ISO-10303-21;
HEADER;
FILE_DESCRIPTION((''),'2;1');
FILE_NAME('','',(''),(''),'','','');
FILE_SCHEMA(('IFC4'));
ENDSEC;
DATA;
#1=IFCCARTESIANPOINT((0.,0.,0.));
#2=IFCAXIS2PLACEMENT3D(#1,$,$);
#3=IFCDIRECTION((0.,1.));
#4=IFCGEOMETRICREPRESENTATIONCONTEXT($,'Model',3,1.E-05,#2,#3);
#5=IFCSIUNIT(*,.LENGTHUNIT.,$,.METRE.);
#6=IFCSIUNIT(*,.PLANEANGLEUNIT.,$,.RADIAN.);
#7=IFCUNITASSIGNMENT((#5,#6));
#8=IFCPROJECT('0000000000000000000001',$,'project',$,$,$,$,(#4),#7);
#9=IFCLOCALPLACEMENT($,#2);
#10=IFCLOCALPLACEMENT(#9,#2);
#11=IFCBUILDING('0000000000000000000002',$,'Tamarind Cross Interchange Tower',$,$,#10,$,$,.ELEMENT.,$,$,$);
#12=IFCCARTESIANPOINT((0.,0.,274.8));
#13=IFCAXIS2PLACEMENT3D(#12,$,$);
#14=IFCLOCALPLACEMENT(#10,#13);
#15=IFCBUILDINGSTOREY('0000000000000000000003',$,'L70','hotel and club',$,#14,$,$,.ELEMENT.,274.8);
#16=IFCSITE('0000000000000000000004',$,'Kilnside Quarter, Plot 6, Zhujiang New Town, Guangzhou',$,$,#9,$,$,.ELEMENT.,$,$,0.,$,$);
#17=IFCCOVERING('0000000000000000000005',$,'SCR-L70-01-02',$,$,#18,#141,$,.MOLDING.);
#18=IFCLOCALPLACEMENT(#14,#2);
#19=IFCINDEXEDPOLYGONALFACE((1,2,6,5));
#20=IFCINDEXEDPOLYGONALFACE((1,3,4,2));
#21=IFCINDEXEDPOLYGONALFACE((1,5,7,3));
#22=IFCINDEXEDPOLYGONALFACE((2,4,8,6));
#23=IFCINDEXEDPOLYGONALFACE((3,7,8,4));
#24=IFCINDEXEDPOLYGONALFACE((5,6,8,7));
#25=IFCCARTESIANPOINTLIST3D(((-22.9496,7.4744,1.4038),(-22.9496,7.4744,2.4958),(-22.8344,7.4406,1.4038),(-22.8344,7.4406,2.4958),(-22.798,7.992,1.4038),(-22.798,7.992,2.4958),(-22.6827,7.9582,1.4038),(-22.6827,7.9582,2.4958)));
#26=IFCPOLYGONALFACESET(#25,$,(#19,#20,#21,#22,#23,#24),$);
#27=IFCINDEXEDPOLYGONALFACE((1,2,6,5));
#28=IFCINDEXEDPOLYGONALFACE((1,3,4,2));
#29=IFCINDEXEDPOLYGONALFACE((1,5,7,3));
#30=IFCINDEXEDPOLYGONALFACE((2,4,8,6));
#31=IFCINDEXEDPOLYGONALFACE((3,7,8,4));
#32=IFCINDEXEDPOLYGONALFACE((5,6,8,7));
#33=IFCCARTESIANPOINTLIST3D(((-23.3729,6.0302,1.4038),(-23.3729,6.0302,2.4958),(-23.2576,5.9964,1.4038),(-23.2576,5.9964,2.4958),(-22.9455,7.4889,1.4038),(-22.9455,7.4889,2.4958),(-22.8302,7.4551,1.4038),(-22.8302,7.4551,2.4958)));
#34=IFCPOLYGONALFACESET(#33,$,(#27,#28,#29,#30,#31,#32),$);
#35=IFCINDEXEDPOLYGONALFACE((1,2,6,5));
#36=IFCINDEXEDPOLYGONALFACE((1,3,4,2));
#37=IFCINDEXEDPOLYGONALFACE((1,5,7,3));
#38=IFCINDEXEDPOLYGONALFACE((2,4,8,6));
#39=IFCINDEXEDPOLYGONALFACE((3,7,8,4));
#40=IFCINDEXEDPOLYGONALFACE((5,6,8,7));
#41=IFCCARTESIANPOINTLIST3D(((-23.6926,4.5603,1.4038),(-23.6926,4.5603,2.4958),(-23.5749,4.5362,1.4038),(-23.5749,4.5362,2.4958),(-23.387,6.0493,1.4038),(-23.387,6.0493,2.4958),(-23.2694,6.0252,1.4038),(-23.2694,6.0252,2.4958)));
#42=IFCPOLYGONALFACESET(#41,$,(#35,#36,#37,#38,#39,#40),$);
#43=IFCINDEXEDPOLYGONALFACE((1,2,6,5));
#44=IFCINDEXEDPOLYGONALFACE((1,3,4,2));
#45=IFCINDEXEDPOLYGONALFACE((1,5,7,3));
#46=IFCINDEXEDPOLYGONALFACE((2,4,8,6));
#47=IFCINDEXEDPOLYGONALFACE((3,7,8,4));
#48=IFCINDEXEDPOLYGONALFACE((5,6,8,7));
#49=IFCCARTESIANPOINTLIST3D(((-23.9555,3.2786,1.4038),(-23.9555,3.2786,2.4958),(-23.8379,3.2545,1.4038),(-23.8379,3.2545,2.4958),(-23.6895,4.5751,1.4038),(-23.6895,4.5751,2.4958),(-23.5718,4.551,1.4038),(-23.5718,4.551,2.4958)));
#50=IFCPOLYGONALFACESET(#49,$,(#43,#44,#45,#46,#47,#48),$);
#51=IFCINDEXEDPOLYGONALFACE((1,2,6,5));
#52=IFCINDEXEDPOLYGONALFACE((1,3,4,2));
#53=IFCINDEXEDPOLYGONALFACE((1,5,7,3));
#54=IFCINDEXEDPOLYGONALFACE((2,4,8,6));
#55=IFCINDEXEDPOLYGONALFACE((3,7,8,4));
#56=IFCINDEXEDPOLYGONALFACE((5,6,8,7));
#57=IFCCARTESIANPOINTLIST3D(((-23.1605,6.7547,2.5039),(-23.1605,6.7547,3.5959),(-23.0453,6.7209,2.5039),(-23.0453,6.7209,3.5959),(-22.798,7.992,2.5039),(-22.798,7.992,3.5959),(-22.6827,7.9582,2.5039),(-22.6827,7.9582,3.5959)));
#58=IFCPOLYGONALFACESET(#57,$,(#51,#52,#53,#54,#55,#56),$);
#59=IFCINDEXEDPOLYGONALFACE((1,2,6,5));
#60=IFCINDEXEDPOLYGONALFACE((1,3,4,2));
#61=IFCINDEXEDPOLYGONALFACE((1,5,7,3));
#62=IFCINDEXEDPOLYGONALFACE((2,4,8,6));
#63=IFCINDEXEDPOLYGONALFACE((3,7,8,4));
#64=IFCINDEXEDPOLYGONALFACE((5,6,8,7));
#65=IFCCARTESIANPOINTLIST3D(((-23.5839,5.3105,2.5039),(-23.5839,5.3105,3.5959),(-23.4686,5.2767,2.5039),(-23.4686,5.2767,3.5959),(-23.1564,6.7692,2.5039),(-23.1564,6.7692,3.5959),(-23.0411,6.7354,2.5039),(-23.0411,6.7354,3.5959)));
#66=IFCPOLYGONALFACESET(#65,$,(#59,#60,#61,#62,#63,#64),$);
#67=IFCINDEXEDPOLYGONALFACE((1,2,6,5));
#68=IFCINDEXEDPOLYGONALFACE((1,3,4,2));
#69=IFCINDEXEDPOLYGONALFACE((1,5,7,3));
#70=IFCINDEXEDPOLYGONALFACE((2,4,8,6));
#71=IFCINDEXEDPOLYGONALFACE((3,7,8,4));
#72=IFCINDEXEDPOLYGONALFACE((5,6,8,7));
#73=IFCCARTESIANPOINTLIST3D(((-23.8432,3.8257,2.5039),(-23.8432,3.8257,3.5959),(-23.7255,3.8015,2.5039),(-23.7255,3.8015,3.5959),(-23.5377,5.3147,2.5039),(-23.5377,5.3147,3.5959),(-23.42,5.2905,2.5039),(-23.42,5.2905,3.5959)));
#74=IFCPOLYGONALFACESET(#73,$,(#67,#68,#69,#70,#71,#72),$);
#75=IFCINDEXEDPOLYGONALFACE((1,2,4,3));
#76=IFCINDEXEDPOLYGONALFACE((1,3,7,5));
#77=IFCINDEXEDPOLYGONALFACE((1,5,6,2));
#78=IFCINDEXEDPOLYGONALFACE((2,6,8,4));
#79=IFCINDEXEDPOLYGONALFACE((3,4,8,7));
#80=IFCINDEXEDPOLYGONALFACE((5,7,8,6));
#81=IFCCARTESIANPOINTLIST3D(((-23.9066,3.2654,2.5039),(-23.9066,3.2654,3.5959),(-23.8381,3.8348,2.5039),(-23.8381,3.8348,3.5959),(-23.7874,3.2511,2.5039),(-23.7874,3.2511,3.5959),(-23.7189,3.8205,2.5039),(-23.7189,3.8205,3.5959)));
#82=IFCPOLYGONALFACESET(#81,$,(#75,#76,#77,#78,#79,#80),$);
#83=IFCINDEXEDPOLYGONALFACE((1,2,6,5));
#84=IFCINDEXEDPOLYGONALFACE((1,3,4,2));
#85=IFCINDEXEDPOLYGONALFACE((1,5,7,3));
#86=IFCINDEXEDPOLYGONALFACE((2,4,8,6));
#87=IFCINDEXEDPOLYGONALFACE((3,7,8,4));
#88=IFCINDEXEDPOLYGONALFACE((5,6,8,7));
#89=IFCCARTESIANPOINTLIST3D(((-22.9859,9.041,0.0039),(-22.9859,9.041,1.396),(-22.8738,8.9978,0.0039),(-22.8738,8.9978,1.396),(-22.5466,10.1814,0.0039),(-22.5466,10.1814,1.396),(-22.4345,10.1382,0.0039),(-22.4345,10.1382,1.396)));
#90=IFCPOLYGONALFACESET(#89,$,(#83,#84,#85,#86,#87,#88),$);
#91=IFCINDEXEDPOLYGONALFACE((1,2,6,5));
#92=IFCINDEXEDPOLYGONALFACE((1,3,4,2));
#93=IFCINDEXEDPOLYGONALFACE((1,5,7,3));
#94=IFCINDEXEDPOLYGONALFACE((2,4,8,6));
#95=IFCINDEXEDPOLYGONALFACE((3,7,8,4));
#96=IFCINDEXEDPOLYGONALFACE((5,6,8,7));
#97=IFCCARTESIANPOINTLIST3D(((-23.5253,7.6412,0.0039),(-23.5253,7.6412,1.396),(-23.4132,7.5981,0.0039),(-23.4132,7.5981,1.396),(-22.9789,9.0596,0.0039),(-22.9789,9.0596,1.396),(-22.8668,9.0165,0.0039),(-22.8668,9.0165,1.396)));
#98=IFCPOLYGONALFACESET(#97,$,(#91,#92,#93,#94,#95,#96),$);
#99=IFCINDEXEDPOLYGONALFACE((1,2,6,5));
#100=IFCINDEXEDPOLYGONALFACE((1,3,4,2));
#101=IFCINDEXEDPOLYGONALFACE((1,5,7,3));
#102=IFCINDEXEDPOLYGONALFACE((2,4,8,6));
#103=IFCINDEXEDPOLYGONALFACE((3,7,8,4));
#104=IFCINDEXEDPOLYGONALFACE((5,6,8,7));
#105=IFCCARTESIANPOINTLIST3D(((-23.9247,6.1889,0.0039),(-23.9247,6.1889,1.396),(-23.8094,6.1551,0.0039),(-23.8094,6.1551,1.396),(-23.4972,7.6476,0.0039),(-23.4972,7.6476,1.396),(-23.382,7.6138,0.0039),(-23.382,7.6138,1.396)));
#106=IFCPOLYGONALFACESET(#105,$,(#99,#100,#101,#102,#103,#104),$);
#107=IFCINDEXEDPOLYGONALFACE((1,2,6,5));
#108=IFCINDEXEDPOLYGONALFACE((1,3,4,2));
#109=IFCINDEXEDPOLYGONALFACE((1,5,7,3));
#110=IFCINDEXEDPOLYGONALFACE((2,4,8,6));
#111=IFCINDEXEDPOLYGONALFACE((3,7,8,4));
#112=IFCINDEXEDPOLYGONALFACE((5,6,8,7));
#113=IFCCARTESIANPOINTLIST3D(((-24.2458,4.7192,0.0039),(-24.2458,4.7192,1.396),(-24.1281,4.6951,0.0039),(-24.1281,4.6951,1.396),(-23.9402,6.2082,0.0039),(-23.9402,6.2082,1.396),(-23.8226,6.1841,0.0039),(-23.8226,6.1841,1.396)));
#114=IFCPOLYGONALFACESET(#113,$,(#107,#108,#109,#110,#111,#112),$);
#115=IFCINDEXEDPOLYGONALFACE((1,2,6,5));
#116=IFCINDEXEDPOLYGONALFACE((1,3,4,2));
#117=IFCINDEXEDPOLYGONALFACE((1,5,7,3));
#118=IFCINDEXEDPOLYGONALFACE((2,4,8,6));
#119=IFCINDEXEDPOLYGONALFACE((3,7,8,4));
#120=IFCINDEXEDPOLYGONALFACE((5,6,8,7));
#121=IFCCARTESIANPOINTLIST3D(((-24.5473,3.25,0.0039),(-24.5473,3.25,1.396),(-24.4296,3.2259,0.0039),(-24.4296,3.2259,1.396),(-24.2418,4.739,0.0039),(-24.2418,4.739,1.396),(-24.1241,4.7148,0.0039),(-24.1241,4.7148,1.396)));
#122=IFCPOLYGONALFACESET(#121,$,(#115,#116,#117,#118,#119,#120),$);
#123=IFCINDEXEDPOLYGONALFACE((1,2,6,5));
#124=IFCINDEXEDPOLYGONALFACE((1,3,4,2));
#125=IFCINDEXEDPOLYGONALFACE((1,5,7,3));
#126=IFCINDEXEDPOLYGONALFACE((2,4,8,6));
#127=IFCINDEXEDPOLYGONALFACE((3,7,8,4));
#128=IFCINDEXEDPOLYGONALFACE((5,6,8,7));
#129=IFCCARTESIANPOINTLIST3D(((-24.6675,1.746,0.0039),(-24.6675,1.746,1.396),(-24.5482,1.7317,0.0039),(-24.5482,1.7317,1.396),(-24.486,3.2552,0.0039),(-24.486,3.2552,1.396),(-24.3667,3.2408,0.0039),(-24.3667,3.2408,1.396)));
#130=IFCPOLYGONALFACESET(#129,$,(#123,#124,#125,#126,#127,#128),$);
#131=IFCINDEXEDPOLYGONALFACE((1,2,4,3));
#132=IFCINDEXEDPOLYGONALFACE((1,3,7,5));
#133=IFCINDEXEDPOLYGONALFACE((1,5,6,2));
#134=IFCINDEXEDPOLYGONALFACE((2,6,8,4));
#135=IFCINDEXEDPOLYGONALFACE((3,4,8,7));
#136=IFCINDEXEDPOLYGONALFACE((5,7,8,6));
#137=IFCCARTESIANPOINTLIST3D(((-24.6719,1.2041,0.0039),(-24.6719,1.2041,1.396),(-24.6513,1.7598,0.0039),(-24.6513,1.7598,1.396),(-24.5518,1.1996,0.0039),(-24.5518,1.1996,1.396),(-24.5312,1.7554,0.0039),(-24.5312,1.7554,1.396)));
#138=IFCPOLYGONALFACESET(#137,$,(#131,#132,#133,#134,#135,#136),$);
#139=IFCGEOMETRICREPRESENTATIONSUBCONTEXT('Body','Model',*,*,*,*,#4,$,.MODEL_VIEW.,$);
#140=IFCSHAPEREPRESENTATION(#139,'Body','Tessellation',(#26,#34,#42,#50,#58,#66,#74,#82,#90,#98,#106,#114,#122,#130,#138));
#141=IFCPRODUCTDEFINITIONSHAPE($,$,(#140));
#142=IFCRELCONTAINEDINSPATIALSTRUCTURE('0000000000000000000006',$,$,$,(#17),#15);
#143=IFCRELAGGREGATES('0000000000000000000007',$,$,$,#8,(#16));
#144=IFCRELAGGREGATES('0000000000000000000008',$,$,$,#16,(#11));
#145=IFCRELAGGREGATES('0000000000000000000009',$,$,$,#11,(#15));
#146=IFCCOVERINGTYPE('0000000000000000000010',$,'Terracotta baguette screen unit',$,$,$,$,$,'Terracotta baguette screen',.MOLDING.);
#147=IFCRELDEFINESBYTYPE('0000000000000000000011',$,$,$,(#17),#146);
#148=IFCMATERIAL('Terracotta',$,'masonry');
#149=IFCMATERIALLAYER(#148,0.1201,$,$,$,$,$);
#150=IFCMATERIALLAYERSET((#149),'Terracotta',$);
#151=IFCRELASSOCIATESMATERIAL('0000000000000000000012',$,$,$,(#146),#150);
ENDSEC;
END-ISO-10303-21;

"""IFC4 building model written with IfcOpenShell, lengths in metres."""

from ifc_helpers import new_model, si_unit, direction, frame, origin, origin_2d, place, context, subcontext, project, spatial, rectangle, extrude, material, layer, layer_set, type_object, element, save


model = new_model("IFC4")

# Units and contexts
model_context = context("Model", 3, precision=1e-05, world=origin(), true_north=direction((0.0, 1.0)))
body_context = subcontext(model_context, "Body", "Model", "MODEL_VIEW")
ifc_project = project(units=[si_unit("LENGTHUNIT", "METRE"), si_unit("PLANEANGLEUNIT", "RADIAN")], contexts=[model_context])

# Site, building, storey
site_placement = place(None, origin())
site = spatial("IfcSite", under=ifc_project, at=site_placement, Name="Kilnside Quarter, Plot 6, Zhujiang New Town, Guangzhou", CompositionType="ELEMENT", RefElevation=0.0)
building_placement = place(site_placement, origin())
building = spatial("IfcBuilding", under=site, at=building_placement, Name="Tamarind Cross Interchange Tower", CompositionType="ELEMENT")
storey_placement = place(building_placement, frame((0.0, 0.0, 274.8)))
storey = spatial("IfcBuildingStorey", under=building, at=storey_placement, Name="L70", Description="hotel and club", CompositionType="ELEMENT", Elevation=274.8)

# Covering
ifc_material_1 = material(Name="Terracotta", Category="masonry")
ifc_layer_1 = layer(ifc_material_1, 0.1201)
ifc_layer_set_1 = layer_set([ifc_layer_1], Name="Terracotta")
covering_type = type_object("IfcCoveringType", Name="Terracotta baguette screen unit", ElementType="Terracotta baguette screen", PredefinedType="MOLDING", material=ifc_layer_set_1)
covering_1_placement = place(storey_placement, origin())
element("IfcCovering", 1, at=covering_1_placement, inside=storey, type_object=covering_type, Name="SCR-L70-01-02", PredefinedType="MOLDING", context=body_context, shape_type="SweptSolid", body=[
    extrude(rectangle(XDim=0.5393, YDim=0.1201, at=origin_2d()), frame((-22.8162, 7.7163, 1.4038), z_axis=(0.0, 0.0, 1.0), x_axis=(-0.281209, -0.959647, 0.0)), (0.0, 0.0, 1.0), 1.092),
    extrude(rectangle(XDim=1.52, YDim=0.1201, at=origin_2d()), frame((-23.1016, 6.7427, 1.4038), z_axis=(0.0, 0.0, 1.0), x_axis=(-0.281209, -0.959647, 0.0)), (0.0, 0.0, 1.0), 1.092),
    extrude(rectangle(XDim=1.52, YDim=0.1201, at=origin_2d()), frame((-23.481, 5.2927, 1.4038), z_axis=(0.0, 0.0, 1.0), x_axis=(-0.201001, -0.979591, 0.0)), (0.0, 0.0, 1.0), 1.092),
    extrude(rectangle(XDim=1.3235, YDim=0.1201, at=origin_2d()), frame((-23.7637, 3.9148, 1.4038), z_axis=(0.0, 0.0, 1.0), x_axis=(-0.201001, -0.979591, 0.0)), (0.0, 0.0, 1.0), 1.092),
    extrude(rectangle(XDim=1.2893, YDim=0.1201, at=origin_2d()), frame((-22.9216, 7.3564, 2.5039), z_axis=(0.0, 0.0, 1.0), x_axis=(-0.281209, -0.959647, 0.0)), (0.0, 0.0, 1.0), 1.092),
    extrude(rectangle(XDim=1.52, YDim=0.1201, at=origin_2d()), frame((-23.3125, 6.0229, 2.5039), z_axis=(0.0, 0.0, 1.0), x_axis=(-0.281209, -0.959647, 0.0)), (0.0, 0.0, 1.0), 1.092),
    extrude(rectangle(XDim=1.52, YDim=0.1201, at=origin_2d()), frame((-23.6316, 4.5581, 2.5039), z_axis=(0.0, 0.0, 1.0), x_axis=(-0.201001, -0.979591, 0.0)), (0.0, 0.0, 1.0), 1.092),
    extrude(rectangle(XDim=0.5735, YDim=0.1201, at=origin_2d()), frame((-23.8127, 3.543, 2.5039), z_axis=(0.0, 0.0, 1.0), x_axis=(-0.119421, -0.992844, 0.0)), (0.0, 0.0, 1.0), 1.092),
    extrude(rectangle(XDim=1.2222, YDim=0.1201, at=origin_2d()), frame((-22.7102, 9.5896, 0.0039), z_axis=(0.0, 0.0, 1.0), x_axis=(-0.359495, -0.933147, 0.0)), (0.0, 0.0, 1.0), 1.3921),
    extrude(rectangle(XDim=1.52, YDim=0.1201, at=origin_2d()), frame((-23.196, 8.3289, 0.0039), z_axis=(0.0, 0.0, 1.0), x_axis=(-0.359495, -0.933147, 0.0)), (0.0, 0.0, 1.0), 1.3921),
    extrude(rectangle(XDim=1.52, YDim=0.1201, at=origin_2d()), frame((-23.6533, 6.9014, 0.0039), z_axis=(0.0, 0.0, 1.0), x_axis=(-0.281209, -0.959647, 0.0)), (0.0, 0.0, 1.0), 1.3921),
    extrude(rectangle(XDim=1.52, YDim=0.1201, at=origin_2d()), frame((-24.0342, 5.4517, 0.0039), z_axis=(0.0, 0.0, 1.0), x_axis=(-0.201001, -0.979591, 0.0)), (0.0, 0.0, 1.0), 1.3921),
    extrude(rectangle(XDim=1.52, YDim=0.1201, at=origin_2d()), frame((-24.3357, 3.9824, 0.0039), z_axis=(0.0, 0.0, 1.0), x_axis=(-0.201001, -0.979591, 0.0)), (0.0, 0.0, 1.0), 1.3921),
    extrude(rectangle(XDim=1.52, YDim=0.1201, at=origin_2d()), frame((-24.5171, 2.4934, 0.0039), z_axis=(0.0, 0.0, 1.0), x_axis=(-0.119421, -0.992844, 0.0)), (0.0, 0.0, 1.0), 1.3921),
    extrude(rectangle(XDim=0.5562, YDim=0.1201, at=origin_2d()), frame((-24.6016, 1.4797, 0.0039), z_axis=(0.0, 0.0, 1.0), x_axis=(-0.037025, -0.999314, 0.0)), (0.0, 0.0, 1.0), 1.3921),
])

save(model, "model.ifc")
